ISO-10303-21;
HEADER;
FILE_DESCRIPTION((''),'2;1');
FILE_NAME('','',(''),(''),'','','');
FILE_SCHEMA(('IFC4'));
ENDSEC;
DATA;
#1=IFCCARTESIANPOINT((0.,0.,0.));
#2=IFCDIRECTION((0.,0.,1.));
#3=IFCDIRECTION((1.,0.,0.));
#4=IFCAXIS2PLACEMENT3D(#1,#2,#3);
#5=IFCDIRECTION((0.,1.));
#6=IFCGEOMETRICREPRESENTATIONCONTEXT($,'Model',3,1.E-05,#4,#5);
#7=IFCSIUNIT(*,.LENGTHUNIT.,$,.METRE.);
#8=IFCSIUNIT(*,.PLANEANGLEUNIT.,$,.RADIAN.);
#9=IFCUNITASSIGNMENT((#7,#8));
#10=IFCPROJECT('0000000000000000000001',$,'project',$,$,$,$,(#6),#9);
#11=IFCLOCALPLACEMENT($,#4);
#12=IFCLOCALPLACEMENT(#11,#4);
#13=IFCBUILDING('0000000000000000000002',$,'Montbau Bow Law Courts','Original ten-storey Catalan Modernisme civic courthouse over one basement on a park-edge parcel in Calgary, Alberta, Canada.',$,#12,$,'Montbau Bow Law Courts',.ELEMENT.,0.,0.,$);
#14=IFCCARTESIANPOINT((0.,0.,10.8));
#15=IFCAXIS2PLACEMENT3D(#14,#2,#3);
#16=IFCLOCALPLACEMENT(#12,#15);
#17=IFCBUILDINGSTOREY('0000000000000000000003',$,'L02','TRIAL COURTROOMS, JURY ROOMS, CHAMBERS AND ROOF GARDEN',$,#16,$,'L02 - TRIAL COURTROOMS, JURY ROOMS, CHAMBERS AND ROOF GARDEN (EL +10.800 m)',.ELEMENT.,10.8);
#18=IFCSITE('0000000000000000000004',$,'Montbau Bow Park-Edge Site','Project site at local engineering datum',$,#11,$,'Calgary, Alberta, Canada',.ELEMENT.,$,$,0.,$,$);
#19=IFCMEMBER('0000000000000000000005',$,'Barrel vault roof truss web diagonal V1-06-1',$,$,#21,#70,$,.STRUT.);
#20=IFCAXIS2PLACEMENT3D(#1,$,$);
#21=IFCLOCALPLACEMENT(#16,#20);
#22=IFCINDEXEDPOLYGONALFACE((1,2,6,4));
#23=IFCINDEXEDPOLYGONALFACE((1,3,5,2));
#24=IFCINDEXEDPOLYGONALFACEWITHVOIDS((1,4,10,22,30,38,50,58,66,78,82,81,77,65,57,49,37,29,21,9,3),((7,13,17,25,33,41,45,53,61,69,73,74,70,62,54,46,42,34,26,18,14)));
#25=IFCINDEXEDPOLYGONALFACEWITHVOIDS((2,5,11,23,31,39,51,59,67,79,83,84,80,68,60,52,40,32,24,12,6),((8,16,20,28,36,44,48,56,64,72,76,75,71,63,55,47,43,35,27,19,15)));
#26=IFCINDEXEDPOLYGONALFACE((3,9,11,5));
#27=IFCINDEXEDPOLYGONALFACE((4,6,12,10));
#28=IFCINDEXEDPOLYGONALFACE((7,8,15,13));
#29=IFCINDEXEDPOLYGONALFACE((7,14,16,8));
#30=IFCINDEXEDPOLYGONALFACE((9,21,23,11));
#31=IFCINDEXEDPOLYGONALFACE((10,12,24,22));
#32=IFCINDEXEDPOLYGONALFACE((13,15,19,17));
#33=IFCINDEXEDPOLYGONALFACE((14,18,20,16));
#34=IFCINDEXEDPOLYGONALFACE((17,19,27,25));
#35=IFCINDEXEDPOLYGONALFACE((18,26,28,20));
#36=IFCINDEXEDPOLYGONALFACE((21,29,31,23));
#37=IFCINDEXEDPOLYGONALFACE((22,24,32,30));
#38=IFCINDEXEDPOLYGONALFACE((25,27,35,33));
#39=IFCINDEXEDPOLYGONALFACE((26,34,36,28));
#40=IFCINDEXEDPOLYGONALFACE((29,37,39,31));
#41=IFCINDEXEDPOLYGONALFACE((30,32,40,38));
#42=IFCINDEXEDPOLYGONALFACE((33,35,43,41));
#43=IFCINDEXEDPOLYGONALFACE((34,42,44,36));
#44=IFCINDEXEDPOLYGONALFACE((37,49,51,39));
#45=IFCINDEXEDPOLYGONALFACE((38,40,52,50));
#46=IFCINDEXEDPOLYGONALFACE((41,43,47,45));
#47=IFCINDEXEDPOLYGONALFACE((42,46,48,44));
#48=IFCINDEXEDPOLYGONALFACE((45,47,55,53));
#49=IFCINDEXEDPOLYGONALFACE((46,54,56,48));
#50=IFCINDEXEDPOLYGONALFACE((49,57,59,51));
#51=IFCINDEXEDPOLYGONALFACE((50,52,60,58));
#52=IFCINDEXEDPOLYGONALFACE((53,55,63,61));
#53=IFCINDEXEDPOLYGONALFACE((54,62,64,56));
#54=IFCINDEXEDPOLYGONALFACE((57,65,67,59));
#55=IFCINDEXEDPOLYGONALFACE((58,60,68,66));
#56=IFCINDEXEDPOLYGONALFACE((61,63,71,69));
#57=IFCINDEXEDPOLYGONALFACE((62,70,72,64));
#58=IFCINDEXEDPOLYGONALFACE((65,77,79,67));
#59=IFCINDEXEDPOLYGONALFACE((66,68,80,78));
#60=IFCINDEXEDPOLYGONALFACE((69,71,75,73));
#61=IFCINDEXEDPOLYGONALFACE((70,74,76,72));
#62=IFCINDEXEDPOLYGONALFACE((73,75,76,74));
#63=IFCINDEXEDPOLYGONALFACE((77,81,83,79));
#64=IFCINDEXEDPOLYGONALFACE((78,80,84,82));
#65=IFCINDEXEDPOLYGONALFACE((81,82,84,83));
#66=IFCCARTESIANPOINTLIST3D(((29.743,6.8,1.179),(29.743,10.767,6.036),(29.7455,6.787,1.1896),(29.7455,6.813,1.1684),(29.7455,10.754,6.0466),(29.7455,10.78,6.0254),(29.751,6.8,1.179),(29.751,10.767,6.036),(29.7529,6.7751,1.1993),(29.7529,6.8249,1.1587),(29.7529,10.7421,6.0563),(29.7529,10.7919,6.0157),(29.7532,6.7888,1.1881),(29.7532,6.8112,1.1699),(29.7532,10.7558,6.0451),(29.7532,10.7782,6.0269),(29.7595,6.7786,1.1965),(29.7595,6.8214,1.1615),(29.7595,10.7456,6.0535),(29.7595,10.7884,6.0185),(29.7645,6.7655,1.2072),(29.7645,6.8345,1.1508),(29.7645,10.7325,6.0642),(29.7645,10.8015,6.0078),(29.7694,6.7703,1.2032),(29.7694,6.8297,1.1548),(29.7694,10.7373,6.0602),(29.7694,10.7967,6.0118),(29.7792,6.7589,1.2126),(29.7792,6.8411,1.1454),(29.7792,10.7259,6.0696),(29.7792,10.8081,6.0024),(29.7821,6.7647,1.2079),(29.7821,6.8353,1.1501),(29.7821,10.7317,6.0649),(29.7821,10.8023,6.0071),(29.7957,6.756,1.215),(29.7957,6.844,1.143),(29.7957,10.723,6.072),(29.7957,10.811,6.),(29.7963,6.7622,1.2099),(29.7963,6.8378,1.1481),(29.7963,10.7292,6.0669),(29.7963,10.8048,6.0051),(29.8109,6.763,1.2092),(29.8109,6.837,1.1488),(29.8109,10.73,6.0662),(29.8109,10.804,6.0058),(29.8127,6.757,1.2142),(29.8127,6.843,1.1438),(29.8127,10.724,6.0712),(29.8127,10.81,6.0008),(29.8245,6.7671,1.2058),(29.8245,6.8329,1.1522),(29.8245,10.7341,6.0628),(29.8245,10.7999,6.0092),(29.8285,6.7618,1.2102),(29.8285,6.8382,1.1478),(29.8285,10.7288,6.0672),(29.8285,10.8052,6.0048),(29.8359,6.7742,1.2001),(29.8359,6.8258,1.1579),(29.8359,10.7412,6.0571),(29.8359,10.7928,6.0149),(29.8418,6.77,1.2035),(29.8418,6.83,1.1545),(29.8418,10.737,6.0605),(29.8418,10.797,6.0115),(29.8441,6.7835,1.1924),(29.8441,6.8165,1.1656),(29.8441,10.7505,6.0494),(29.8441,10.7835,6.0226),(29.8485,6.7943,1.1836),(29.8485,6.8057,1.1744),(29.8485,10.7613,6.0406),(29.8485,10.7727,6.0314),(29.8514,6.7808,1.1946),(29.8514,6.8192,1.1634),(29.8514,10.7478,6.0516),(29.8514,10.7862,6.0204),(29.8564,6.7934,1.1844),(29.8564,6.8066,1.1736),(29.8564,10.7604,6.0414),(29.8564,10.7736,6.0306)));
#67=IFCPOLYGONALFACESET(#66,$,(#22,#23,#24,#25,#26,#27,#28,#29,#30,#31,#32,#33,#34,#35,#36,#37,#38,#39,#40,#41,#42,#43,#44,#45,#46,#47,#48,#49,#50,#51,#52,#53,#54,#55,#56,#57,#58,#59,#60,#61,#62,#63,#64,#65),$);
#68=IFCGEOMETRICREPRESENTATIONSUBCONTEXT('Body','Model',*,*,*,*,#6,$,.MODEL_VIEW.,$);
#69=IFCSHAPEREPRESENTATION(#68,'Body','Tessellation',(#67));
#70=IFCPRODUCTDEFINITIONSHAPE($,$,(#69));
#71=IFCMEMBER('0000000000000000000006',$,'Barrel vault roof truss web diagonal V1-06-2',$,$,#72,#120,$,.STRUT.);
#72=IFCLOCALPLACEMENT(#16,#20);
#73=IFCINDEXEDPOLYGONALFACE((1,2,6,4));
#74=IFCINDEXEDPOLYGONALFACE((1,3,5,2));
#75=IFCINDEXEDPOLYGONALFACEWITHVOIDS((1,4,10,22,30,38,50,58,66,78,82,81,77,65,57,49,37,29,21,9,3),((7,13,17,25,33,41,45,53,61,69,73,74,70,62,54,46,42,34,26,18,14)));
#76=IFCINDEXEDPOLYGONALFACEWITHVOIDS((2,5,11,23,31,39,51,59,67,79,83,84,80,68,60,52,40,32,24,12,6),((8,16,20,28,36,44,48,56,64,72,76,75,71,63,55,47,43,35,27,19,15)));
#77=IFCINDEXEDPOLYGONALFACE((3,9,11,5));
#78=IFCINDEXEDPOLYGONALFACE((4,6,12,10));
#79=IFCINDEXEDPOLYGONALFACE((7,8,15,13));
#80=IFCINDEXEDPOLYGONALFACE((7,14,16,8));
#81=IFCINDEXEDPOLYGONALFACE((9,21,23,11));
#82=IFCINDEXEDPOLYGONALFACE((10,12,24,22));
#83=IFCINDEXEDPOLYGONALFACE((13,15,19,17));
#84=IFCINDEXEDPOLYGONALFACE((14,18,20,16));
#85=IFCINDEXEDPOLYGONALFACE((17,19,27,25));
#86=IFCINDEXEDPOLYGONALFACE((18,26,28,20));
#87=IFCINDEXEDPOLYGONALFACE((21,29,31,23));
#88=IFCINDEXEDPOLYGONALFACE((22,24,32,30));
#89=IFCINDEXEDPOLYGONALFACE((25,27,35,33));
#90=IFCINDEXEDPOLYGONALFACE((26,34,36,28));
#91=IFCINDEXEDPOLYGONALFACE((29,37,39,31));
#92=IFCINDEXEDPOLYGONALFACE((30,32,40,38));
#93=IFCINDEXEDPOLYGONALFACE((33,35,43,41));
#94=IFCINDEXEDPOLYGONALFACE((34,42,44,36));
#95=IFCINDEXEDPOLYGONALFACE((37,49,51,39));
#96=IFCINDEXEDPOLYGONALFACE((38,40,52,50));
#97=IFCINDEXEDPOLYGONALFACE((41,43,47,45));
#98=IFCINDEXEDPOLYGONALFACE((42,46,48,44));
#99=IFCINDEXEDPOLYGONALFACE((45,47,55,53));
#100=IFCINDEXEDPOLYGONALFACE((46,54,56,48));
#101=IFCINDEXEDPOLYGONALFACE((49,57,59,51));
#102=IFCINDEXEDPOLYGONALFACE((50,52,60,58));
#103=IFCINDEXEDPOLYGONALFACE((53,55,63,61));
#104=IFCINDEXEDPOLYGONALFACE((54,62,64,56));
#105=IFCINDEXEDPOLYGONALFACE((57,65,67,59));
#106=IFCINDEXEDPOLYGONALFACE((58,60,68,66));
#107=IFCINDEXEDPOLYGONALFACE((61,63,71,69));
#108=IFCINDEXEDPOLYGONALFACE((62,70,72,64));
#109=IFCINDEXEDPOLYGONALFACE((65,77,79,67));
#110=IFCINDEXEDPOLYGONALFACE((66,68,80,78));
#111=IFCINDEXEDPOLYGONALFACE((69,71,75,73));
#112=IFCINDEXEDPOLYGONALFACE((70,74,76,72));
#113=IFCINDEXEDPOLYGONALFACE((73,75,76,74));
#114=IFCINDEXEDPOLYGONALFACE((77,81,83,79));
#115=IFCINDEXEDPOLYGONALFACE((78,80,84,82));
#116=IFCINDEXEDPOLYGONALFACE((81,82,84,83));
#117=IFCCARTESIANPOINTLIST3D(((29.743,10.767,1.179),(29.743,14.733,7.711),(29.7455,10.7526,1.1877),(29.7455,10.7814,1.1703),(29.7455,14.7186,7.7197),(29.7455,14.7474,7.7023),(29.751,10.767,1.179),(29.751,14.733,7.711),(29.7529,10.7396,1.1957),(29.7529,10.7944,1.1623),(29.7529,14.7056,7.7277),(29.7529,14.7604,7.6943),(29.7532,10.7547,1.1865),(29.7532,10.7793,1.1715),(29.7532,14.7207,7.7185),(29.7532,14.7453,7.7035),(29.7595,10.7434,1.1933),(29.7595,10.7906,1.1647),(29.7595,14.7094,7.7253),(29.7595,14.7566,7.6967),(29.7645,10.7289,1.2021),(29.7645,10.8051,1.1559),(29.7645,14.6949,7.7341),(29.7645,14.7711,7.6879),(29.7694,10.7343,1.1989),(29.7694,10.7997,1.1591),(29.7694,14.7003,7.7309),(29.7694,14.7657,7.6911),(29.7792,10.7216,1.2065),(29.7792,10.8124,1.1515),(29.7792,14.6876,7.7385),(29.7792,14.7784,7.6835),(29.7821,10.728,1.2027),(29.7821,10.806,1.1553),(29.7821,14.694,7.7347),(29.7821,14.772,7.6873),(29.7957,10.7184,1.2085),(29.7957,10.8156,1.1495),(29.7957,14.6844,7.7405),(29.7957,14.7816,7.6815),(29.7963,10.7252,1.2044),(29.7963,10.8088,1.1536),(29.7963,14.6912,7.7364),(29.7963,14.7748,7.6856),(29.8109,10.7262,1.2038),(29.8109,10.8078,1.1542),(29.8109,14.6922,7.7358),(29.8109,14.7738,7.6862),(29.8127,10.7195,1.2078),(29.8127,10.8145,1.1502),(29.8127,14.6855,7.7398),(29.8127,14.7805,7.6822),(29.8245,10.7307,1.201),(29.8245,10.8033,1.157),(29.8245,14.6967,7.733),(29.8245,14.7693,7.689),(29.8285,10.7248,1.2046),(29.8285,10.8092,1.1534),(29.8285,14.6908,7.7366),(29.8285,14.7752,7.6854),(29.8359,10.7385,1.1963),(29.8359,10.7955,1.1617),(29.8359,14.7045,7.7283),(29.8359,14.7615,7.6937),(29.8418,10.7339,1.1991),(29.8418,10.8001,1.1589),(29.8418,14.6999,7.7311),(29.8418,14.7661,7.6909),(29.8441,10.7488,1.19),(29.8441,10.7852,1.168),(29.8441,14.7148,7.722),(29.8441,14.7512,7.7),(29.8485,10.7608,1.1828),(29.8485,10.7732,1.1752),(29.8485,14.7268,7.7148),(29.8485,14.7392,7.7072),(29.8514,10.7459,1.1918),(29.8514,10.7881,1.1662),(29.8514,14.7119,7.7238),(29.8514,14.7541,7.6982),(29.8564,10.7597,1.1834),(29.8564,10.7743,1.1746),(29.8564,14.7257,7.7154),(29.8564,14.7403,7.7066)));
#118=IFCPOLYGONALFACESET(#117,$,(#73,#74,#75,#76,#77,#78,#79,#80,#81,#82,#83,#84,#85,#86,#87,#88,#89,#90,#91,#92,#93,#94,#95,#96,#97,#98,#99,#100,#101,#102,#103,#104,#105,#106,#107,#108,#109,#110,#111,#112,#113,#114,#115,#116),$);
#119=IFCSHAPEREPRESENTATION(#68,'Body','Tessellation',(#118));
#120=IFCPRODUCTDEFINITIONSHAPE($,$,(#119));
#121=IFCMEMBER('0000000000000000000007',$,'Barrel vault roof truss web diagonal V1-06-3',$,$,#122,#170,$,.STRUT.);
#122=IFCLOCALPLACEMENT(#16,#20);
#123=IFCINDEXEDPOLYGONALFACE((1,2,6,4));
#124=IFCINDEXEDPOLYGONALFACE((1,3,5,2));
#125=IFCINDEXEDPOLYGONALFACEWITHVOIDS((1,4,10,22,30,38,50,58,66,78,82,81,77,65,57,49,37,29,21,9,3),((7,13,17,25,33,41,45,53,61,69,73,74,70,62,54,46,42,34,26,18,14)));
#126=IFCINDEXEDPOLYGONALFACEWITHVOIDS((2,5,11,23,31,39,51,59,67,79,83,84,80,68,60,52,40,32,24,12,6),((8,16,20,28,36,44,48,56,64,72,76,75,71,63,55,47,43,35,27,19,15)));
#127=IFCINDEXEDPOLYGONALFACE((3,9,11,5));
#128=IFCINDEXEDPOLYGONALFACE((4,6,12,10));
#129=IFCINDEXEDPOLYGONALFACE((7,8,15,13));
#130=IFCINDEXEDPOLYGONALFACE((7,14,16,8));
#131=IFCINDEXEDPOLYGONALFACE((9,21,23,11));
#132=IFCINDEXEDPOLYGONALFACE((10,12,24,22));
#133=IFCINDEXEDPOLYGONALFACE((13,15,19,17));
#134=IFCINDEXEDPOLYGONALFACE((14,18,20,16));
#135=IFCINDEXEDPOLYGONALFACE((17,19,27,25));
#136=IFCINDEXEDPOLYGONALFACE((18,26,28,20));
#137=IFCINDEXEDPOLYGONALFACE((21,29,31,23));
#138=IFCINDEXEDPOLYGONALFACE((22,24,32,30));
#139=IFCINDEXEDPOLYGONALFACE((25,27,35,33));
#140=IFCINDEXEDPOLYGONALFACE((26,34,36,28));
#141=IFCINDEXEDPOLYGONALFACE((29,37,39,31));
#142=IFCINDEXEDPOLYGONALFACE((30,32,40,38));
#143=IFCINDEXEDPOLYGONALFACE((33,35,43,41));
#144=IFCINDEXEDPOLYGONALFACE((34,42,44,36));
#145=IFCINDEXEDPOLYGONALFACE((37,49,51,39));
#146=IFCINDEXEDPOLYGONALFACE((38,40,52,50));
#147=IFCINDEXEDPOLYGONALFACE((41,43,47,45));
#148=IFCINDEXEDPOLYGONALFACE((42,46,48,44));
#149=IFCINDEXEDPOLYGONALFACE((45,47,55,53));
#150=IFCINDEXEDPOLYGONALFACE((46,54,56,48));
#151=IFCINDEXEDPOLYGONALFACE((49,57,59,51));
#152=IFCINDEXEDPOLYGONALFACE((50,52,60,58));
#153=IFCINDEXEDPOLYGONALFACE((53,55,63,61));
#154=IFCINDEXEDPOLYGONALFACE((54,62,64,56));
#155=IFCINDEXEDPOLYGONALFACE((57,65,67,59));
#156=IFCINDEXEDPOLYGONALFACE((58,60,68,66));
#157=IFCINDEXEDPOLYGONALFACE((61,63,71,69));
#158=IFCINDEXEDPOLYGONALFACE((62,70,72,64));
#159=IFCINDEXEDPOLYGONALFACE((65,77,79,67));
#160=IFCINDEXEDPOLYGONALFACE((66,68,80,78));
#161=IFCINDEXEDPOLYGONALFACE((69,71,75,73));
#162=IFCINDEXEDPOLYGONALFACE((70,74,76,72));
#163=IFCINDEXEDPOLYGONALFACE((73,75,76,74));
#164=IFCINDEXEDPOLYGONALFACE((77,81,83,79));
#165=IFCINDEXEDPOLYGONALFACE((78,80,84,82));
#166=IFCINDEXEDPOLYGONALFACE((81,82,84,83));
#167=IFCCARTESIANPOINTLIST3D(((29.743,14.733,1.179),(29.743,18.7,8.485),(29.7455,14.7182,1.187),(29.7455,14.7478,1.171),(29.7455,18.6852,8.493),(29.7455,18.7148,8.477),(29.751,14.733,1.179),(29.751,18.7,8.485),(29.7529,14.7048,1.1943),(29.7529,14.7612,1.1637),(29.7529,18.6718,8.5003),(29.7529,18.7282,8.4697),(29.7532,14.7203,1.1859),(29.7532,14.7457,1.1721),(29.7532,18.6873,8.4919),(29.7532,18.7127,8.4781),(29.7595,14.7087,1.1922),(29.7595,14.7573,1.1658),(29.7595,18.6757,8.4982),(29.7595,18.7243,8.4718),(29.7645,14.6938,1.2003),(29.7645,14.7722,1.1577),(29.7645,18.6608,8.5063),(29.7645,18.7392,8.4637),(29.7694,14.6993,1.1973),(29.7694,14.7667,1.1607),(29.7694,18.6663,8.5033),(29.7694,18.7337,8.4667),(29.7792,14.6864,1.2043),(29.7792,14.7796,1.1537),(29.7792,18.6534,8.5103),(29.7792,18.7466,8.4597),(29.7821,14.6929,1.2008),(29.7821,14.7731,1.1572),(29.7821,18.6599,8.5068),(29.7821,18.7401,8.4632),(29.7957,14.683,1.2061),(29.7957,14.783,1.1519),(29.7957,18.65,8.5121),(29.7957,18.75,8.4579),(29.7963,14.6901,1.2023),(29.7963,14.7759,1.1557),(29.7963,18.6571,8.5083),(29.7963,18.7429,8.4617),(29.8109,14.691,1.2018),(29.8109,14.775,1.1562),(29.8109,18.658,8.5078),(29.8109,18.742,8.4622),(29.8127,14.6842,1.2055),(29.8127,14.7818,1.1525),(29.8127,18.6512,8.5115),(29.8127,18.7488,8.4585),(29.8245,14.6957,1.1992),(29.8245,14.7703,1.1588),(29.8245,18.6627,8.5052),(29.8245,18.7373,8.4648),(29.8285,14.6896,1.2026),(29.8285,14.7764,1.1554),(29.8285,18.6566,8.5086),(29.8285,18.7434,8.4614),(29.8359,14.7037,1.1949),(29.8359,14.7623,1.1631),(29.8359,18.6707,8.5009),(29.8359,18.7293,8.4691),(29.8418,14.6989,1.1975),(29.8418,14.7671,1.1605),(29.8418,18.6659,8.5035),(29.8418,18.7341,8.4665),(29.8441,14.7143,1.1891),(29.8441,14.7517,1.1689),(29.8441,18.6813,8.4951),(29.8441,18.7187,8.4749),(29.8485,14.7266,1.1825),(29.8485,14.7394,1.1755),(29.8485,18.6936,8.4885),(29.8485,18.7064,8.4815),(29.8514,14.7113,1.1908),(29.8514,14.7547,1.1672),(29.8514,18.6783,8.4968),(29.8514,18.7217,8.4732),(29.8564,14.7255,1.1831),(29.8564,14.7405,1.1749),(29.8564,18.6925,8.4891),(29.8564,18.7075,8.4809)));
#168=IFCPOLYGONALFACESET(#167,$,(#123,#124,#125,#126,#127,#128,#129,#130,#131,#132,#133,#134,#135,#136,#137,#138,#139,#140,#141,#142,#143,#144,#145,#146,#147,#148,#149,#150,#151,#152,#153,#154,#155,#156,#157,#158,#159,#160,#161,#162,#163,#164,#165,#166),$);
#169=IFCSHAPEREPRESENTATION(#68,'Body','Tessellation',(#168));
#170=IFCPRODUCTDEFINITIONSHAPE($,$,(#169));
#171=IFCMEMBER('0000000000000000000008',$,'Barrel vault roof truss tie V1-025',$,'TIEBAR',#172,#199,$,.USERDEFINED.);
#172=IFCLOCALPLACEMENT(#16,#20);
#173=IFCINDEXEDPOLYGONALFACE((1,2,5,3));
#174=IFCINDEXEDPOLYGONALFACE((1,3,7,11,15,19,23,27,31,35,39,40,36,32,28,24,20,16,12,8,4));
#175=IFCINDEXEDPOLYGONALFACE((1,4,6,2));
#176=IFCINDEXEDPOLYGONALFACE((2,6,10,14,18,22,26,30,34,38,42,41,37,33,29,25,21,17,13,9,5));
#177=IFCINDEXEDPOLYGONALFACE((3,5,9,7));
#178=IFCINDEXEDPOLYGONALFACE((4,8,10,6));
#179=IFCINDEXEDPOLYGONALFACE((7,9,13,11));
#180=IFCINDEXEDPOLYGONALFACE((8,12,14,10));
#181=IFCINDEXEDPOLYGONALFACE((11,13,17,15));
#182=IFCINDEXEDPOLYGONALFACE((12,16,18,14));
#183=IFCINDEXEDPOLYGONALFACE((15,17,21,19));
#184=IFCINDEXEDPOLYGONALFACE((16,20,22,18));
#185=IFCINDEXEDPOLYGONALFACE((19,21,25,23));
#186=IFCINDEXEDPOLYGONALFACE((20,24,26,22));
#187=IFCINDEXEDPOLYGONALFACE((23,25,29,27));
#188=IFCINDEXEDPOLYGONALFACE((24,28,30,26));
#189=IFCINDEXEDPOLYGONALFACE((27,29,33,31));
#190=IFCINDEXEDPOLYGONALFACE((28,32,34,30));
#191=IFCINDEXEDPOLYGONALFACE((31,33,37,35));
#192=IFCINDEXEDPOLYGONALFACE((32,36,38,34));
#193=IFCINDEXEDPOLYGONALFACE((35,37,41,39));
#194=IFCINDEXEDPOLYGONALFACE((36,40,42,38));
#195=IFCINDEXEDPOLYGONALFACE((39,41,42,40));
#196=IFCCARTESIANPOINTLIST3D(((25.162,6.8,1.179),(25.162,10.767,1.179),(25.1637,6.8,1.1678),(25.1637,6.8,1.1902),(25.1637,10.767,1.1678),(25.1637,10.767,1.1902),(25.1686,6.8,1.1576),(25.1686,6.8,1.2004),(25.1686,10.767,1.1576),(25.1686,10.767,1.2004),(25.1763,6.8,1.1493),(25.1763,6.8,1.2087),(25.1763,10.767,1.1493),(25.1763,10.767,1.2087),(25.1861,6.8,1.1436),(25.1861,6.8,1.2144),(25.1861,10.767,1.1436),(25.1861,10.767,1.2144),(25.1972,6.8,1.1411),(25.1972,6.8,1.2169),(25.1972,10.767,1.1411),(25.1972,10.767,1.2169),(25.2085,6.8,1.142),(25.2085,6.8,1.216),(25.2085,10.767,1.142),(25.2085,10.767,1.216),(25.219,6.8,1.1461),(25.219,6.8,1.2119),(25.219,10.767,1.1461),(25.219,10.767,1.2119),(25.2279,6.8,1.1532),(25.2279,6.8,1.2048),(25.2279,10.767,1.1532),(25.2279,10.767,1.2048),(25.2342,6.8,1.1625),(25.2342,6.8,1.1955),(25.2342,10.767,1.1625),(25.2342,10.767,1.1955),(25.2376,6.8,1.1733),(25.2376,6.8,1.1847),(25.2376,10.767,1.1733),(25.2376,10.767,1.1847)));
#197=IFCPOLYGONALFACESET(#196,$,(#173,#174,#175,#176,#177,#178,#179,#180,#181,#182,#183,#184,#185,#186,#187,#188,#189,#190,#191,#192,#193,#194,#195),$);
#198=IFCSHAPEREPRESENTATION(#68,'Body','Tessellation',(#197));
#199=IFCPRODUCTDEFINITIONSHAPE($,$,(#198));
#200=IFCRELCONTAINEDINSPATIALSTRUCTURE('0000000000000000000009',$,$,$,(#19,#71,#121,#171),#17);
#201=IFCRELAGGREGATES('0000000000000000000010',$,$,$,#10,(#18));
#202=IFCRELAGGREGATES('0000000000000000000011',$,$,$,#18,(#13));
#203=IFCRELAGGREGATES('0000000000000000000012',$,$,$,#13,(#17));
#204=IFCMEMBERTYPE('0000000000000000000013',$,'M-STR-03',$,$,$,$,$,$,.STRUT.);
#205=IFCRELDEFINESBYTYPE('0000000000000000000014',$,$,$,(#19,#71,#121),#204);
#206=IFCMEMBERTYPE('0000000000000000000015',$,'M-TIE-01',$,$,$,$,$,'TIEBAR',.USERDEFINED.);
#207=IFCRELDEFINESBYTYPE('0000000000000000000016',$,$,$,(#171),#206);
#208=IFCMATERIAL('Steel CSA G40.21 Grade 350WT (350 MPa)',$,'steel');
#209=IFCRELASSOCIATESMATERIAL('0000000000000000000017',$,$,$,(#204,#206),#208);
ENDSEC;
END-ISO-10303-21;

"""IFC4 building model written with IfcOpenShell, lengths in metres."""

from ifc_helpers import new_model, si_unit, direction, frame, origin_with_axes, origin_2d_with_axis, place, context, subcontext, project, spatial, circle, hollow_circle, extrude, material, material_profile, profile_set, type_object, element, save


model = new_model("IFC4")

# Units and contexts
model_context = context("Model", 3, precision=1e-05, world=origin_with_axes(), true_north=direction((0.0, 1.0)))
body_context = subcontext(model_context, "Body", "Model", "MODEL_VIEW")
ifc_project = project(units=[si_unit("LENGTHUNIT", "METRE"), si_unit("PLANEANGLEUNIT", "RADIAN")], contexts=[model_context])

# Site, building, storey
site_placement = place(None, origin_with_axes())
site = spatial("IfcSite", under=ifc_project, at=site_placement, Name="Montbau Bow Park-Edge Site", Description="Project site at local engineering datum", LongName="Calgary, Alberta, Canada", CompositionType="ELEMENT", RefElevation=0.0)
building_placement = place(site_placement, origin_with_axes())
building = spatial("IfcBuilding", under=site, at=building_placement, Name="Montbau Bow Law Courts", Description="Original ten-storey Catalan Modernisme civic courthouse over one basement on a park-edge parcel in Calgary, Alberta, Canada.", LongName="Montbau Bow Law Courts", CompositionType="ELEMENT", ElevationOfRefHeight=0.0, ElevationOfTerrain=0.0)
storey_placement = place(building_placement, frame((0.0, 0.0, 10.8), z_axis=(0.0, 0.0, 1.0), x_axis=(1.0, 0.0, 0.0)))
storey = spatial("IfcBuildingStorey", under=building, at=storey_placement, Name="L02", Description="TRIAL COURTROOMS, JURY ROOMS, CHAMBERS AND ROOF GARDEN", LongName="L02 - TRIAL COURTROOMS, JURY ROOMS, CHAMBERS AND ROOF GARDEN (EL +10.800 m)", CompositionType="ELEMENT", Elevation=10.8)

# Shared definitions
ifc_material = material(Name="Steel CSA G40.21 Grade 350WT (350 MPa)", Category="steel")

# Members
ifc_material_profile_1 = material_profile(ifc_material, hollow_circle(Radius=0.057, WallThickness=0.008, at=origin_2d_with_axis()), Name="HSS114X8.0", Category="Main", Priority=0)
ifc_profile_set_1 = profile_set([ifc_material_profile_1], Name="Steel CSA G40.21 Grade 350WT (350 MPa)")
member_type_1 = type_object("IfcMemberType", Name="M-STR-03", PredefinedType="STRUT", material=ifc_profile_set_1)
member_1_placement = place(None, frame((29.8, 6.8, 11.979), z_axis=(0.0, 0.632578, 0.774497), x_axis=(-1.0, 0.0, 0.0)))
element("IfcMember", 1, at=member_1_placement, inside=storey, type_object=member_type_1, Name="Barrel vault roof truss web diagonal V1-06-1", PredefinedType="STRUT", context=body_context, shape_type="SweptSolid", body=[
    extrude(hollow_circle(Radius=0.057, WallThickness=0.008, at=origin_2d_with_axis()), origin_with_axes(), (0.0, 0.0, 1.0), 6.2712),
])
member_2_placement = place(None, frame((29.8, 10.767, 11.979), z_axis=(0.0, 0.518992, 0.854779), x_axis=(-1.0, 0.0, 0.0)))
element("IfcMember", 2, at=member_2_placement, inside=storey, type_object=member_type_1, Name="Barrel vault roof truss web diagonal V1-06-2", PredefinedType="STRUT", context=body_context, shape_type="SweptSolid", body=[
    extrude(hollow_circle(Radius=0.057, WallThickness=0.008, at=origin_2d_with_axis()), origin_with_axes(), (0.0, 0.0, 1.0), 7.6417),
])
member_3_placement = place(None, frame((29.8, 14.733, 11.979), z_axis=(0.0, 0.477174, 0.878809), x_axis=(-1.0, 0.0, 0.0)))
element("IfcMember", 3, at=member_3_placement, inside=storey, type_object=member_type_1, Name="Barrel vault roof truss web diagonal V1-06-3", PredefinedType="STRUT", context=body_context, shape_type="SweptSolid", body=[
    extrude(hollow_circle(Radius=0.057, WallThickness=0.008, at=origin_2d_with_axis()), origin_with_axes(), (0.0, 0.0, 1.0), 8.3135),
])
ifc_material_profile_2 = material_profile(ifc_material, circle(Radius=0.038, at=origin_2d_with_axis()), Name="ROD76", Category="Main", Priority=0)
ifc_profile_set_2 = profile_set([ifc_material_profile_2], Name="Steel CSA G40.21 Grade 350WT (350 MPa)")
member_type_2 = type_object("IfcMemberType", Name="M-TIE-01", ElementType="TIEBAR", PredefinedType="USERDEFINED", material=ifc_profile_set_2)
member_4_placement = place(None, frame((25.2, 6.8, 11.979), z_axis=(0.0, 1.0, 0.0), x_axis=(-1.0, 0.0, 0.0)))
element("IfcMember", 4, at=member_4_placement, inside=storey, type_object=member_type_2, Name="Barrel vault roof truss tie V1-025", ObjectType="TIEBAR", PredefinedType="USERDEFINED", context=body_context, shape_type="SweptSolid", body=[
    extrude(circle(Radius=0.038, at=origin_2d_with_axis()), origin_with_axes(), (0.0, 0.0, 1.0), 3.967),
])

save(model, "model.ifc")
